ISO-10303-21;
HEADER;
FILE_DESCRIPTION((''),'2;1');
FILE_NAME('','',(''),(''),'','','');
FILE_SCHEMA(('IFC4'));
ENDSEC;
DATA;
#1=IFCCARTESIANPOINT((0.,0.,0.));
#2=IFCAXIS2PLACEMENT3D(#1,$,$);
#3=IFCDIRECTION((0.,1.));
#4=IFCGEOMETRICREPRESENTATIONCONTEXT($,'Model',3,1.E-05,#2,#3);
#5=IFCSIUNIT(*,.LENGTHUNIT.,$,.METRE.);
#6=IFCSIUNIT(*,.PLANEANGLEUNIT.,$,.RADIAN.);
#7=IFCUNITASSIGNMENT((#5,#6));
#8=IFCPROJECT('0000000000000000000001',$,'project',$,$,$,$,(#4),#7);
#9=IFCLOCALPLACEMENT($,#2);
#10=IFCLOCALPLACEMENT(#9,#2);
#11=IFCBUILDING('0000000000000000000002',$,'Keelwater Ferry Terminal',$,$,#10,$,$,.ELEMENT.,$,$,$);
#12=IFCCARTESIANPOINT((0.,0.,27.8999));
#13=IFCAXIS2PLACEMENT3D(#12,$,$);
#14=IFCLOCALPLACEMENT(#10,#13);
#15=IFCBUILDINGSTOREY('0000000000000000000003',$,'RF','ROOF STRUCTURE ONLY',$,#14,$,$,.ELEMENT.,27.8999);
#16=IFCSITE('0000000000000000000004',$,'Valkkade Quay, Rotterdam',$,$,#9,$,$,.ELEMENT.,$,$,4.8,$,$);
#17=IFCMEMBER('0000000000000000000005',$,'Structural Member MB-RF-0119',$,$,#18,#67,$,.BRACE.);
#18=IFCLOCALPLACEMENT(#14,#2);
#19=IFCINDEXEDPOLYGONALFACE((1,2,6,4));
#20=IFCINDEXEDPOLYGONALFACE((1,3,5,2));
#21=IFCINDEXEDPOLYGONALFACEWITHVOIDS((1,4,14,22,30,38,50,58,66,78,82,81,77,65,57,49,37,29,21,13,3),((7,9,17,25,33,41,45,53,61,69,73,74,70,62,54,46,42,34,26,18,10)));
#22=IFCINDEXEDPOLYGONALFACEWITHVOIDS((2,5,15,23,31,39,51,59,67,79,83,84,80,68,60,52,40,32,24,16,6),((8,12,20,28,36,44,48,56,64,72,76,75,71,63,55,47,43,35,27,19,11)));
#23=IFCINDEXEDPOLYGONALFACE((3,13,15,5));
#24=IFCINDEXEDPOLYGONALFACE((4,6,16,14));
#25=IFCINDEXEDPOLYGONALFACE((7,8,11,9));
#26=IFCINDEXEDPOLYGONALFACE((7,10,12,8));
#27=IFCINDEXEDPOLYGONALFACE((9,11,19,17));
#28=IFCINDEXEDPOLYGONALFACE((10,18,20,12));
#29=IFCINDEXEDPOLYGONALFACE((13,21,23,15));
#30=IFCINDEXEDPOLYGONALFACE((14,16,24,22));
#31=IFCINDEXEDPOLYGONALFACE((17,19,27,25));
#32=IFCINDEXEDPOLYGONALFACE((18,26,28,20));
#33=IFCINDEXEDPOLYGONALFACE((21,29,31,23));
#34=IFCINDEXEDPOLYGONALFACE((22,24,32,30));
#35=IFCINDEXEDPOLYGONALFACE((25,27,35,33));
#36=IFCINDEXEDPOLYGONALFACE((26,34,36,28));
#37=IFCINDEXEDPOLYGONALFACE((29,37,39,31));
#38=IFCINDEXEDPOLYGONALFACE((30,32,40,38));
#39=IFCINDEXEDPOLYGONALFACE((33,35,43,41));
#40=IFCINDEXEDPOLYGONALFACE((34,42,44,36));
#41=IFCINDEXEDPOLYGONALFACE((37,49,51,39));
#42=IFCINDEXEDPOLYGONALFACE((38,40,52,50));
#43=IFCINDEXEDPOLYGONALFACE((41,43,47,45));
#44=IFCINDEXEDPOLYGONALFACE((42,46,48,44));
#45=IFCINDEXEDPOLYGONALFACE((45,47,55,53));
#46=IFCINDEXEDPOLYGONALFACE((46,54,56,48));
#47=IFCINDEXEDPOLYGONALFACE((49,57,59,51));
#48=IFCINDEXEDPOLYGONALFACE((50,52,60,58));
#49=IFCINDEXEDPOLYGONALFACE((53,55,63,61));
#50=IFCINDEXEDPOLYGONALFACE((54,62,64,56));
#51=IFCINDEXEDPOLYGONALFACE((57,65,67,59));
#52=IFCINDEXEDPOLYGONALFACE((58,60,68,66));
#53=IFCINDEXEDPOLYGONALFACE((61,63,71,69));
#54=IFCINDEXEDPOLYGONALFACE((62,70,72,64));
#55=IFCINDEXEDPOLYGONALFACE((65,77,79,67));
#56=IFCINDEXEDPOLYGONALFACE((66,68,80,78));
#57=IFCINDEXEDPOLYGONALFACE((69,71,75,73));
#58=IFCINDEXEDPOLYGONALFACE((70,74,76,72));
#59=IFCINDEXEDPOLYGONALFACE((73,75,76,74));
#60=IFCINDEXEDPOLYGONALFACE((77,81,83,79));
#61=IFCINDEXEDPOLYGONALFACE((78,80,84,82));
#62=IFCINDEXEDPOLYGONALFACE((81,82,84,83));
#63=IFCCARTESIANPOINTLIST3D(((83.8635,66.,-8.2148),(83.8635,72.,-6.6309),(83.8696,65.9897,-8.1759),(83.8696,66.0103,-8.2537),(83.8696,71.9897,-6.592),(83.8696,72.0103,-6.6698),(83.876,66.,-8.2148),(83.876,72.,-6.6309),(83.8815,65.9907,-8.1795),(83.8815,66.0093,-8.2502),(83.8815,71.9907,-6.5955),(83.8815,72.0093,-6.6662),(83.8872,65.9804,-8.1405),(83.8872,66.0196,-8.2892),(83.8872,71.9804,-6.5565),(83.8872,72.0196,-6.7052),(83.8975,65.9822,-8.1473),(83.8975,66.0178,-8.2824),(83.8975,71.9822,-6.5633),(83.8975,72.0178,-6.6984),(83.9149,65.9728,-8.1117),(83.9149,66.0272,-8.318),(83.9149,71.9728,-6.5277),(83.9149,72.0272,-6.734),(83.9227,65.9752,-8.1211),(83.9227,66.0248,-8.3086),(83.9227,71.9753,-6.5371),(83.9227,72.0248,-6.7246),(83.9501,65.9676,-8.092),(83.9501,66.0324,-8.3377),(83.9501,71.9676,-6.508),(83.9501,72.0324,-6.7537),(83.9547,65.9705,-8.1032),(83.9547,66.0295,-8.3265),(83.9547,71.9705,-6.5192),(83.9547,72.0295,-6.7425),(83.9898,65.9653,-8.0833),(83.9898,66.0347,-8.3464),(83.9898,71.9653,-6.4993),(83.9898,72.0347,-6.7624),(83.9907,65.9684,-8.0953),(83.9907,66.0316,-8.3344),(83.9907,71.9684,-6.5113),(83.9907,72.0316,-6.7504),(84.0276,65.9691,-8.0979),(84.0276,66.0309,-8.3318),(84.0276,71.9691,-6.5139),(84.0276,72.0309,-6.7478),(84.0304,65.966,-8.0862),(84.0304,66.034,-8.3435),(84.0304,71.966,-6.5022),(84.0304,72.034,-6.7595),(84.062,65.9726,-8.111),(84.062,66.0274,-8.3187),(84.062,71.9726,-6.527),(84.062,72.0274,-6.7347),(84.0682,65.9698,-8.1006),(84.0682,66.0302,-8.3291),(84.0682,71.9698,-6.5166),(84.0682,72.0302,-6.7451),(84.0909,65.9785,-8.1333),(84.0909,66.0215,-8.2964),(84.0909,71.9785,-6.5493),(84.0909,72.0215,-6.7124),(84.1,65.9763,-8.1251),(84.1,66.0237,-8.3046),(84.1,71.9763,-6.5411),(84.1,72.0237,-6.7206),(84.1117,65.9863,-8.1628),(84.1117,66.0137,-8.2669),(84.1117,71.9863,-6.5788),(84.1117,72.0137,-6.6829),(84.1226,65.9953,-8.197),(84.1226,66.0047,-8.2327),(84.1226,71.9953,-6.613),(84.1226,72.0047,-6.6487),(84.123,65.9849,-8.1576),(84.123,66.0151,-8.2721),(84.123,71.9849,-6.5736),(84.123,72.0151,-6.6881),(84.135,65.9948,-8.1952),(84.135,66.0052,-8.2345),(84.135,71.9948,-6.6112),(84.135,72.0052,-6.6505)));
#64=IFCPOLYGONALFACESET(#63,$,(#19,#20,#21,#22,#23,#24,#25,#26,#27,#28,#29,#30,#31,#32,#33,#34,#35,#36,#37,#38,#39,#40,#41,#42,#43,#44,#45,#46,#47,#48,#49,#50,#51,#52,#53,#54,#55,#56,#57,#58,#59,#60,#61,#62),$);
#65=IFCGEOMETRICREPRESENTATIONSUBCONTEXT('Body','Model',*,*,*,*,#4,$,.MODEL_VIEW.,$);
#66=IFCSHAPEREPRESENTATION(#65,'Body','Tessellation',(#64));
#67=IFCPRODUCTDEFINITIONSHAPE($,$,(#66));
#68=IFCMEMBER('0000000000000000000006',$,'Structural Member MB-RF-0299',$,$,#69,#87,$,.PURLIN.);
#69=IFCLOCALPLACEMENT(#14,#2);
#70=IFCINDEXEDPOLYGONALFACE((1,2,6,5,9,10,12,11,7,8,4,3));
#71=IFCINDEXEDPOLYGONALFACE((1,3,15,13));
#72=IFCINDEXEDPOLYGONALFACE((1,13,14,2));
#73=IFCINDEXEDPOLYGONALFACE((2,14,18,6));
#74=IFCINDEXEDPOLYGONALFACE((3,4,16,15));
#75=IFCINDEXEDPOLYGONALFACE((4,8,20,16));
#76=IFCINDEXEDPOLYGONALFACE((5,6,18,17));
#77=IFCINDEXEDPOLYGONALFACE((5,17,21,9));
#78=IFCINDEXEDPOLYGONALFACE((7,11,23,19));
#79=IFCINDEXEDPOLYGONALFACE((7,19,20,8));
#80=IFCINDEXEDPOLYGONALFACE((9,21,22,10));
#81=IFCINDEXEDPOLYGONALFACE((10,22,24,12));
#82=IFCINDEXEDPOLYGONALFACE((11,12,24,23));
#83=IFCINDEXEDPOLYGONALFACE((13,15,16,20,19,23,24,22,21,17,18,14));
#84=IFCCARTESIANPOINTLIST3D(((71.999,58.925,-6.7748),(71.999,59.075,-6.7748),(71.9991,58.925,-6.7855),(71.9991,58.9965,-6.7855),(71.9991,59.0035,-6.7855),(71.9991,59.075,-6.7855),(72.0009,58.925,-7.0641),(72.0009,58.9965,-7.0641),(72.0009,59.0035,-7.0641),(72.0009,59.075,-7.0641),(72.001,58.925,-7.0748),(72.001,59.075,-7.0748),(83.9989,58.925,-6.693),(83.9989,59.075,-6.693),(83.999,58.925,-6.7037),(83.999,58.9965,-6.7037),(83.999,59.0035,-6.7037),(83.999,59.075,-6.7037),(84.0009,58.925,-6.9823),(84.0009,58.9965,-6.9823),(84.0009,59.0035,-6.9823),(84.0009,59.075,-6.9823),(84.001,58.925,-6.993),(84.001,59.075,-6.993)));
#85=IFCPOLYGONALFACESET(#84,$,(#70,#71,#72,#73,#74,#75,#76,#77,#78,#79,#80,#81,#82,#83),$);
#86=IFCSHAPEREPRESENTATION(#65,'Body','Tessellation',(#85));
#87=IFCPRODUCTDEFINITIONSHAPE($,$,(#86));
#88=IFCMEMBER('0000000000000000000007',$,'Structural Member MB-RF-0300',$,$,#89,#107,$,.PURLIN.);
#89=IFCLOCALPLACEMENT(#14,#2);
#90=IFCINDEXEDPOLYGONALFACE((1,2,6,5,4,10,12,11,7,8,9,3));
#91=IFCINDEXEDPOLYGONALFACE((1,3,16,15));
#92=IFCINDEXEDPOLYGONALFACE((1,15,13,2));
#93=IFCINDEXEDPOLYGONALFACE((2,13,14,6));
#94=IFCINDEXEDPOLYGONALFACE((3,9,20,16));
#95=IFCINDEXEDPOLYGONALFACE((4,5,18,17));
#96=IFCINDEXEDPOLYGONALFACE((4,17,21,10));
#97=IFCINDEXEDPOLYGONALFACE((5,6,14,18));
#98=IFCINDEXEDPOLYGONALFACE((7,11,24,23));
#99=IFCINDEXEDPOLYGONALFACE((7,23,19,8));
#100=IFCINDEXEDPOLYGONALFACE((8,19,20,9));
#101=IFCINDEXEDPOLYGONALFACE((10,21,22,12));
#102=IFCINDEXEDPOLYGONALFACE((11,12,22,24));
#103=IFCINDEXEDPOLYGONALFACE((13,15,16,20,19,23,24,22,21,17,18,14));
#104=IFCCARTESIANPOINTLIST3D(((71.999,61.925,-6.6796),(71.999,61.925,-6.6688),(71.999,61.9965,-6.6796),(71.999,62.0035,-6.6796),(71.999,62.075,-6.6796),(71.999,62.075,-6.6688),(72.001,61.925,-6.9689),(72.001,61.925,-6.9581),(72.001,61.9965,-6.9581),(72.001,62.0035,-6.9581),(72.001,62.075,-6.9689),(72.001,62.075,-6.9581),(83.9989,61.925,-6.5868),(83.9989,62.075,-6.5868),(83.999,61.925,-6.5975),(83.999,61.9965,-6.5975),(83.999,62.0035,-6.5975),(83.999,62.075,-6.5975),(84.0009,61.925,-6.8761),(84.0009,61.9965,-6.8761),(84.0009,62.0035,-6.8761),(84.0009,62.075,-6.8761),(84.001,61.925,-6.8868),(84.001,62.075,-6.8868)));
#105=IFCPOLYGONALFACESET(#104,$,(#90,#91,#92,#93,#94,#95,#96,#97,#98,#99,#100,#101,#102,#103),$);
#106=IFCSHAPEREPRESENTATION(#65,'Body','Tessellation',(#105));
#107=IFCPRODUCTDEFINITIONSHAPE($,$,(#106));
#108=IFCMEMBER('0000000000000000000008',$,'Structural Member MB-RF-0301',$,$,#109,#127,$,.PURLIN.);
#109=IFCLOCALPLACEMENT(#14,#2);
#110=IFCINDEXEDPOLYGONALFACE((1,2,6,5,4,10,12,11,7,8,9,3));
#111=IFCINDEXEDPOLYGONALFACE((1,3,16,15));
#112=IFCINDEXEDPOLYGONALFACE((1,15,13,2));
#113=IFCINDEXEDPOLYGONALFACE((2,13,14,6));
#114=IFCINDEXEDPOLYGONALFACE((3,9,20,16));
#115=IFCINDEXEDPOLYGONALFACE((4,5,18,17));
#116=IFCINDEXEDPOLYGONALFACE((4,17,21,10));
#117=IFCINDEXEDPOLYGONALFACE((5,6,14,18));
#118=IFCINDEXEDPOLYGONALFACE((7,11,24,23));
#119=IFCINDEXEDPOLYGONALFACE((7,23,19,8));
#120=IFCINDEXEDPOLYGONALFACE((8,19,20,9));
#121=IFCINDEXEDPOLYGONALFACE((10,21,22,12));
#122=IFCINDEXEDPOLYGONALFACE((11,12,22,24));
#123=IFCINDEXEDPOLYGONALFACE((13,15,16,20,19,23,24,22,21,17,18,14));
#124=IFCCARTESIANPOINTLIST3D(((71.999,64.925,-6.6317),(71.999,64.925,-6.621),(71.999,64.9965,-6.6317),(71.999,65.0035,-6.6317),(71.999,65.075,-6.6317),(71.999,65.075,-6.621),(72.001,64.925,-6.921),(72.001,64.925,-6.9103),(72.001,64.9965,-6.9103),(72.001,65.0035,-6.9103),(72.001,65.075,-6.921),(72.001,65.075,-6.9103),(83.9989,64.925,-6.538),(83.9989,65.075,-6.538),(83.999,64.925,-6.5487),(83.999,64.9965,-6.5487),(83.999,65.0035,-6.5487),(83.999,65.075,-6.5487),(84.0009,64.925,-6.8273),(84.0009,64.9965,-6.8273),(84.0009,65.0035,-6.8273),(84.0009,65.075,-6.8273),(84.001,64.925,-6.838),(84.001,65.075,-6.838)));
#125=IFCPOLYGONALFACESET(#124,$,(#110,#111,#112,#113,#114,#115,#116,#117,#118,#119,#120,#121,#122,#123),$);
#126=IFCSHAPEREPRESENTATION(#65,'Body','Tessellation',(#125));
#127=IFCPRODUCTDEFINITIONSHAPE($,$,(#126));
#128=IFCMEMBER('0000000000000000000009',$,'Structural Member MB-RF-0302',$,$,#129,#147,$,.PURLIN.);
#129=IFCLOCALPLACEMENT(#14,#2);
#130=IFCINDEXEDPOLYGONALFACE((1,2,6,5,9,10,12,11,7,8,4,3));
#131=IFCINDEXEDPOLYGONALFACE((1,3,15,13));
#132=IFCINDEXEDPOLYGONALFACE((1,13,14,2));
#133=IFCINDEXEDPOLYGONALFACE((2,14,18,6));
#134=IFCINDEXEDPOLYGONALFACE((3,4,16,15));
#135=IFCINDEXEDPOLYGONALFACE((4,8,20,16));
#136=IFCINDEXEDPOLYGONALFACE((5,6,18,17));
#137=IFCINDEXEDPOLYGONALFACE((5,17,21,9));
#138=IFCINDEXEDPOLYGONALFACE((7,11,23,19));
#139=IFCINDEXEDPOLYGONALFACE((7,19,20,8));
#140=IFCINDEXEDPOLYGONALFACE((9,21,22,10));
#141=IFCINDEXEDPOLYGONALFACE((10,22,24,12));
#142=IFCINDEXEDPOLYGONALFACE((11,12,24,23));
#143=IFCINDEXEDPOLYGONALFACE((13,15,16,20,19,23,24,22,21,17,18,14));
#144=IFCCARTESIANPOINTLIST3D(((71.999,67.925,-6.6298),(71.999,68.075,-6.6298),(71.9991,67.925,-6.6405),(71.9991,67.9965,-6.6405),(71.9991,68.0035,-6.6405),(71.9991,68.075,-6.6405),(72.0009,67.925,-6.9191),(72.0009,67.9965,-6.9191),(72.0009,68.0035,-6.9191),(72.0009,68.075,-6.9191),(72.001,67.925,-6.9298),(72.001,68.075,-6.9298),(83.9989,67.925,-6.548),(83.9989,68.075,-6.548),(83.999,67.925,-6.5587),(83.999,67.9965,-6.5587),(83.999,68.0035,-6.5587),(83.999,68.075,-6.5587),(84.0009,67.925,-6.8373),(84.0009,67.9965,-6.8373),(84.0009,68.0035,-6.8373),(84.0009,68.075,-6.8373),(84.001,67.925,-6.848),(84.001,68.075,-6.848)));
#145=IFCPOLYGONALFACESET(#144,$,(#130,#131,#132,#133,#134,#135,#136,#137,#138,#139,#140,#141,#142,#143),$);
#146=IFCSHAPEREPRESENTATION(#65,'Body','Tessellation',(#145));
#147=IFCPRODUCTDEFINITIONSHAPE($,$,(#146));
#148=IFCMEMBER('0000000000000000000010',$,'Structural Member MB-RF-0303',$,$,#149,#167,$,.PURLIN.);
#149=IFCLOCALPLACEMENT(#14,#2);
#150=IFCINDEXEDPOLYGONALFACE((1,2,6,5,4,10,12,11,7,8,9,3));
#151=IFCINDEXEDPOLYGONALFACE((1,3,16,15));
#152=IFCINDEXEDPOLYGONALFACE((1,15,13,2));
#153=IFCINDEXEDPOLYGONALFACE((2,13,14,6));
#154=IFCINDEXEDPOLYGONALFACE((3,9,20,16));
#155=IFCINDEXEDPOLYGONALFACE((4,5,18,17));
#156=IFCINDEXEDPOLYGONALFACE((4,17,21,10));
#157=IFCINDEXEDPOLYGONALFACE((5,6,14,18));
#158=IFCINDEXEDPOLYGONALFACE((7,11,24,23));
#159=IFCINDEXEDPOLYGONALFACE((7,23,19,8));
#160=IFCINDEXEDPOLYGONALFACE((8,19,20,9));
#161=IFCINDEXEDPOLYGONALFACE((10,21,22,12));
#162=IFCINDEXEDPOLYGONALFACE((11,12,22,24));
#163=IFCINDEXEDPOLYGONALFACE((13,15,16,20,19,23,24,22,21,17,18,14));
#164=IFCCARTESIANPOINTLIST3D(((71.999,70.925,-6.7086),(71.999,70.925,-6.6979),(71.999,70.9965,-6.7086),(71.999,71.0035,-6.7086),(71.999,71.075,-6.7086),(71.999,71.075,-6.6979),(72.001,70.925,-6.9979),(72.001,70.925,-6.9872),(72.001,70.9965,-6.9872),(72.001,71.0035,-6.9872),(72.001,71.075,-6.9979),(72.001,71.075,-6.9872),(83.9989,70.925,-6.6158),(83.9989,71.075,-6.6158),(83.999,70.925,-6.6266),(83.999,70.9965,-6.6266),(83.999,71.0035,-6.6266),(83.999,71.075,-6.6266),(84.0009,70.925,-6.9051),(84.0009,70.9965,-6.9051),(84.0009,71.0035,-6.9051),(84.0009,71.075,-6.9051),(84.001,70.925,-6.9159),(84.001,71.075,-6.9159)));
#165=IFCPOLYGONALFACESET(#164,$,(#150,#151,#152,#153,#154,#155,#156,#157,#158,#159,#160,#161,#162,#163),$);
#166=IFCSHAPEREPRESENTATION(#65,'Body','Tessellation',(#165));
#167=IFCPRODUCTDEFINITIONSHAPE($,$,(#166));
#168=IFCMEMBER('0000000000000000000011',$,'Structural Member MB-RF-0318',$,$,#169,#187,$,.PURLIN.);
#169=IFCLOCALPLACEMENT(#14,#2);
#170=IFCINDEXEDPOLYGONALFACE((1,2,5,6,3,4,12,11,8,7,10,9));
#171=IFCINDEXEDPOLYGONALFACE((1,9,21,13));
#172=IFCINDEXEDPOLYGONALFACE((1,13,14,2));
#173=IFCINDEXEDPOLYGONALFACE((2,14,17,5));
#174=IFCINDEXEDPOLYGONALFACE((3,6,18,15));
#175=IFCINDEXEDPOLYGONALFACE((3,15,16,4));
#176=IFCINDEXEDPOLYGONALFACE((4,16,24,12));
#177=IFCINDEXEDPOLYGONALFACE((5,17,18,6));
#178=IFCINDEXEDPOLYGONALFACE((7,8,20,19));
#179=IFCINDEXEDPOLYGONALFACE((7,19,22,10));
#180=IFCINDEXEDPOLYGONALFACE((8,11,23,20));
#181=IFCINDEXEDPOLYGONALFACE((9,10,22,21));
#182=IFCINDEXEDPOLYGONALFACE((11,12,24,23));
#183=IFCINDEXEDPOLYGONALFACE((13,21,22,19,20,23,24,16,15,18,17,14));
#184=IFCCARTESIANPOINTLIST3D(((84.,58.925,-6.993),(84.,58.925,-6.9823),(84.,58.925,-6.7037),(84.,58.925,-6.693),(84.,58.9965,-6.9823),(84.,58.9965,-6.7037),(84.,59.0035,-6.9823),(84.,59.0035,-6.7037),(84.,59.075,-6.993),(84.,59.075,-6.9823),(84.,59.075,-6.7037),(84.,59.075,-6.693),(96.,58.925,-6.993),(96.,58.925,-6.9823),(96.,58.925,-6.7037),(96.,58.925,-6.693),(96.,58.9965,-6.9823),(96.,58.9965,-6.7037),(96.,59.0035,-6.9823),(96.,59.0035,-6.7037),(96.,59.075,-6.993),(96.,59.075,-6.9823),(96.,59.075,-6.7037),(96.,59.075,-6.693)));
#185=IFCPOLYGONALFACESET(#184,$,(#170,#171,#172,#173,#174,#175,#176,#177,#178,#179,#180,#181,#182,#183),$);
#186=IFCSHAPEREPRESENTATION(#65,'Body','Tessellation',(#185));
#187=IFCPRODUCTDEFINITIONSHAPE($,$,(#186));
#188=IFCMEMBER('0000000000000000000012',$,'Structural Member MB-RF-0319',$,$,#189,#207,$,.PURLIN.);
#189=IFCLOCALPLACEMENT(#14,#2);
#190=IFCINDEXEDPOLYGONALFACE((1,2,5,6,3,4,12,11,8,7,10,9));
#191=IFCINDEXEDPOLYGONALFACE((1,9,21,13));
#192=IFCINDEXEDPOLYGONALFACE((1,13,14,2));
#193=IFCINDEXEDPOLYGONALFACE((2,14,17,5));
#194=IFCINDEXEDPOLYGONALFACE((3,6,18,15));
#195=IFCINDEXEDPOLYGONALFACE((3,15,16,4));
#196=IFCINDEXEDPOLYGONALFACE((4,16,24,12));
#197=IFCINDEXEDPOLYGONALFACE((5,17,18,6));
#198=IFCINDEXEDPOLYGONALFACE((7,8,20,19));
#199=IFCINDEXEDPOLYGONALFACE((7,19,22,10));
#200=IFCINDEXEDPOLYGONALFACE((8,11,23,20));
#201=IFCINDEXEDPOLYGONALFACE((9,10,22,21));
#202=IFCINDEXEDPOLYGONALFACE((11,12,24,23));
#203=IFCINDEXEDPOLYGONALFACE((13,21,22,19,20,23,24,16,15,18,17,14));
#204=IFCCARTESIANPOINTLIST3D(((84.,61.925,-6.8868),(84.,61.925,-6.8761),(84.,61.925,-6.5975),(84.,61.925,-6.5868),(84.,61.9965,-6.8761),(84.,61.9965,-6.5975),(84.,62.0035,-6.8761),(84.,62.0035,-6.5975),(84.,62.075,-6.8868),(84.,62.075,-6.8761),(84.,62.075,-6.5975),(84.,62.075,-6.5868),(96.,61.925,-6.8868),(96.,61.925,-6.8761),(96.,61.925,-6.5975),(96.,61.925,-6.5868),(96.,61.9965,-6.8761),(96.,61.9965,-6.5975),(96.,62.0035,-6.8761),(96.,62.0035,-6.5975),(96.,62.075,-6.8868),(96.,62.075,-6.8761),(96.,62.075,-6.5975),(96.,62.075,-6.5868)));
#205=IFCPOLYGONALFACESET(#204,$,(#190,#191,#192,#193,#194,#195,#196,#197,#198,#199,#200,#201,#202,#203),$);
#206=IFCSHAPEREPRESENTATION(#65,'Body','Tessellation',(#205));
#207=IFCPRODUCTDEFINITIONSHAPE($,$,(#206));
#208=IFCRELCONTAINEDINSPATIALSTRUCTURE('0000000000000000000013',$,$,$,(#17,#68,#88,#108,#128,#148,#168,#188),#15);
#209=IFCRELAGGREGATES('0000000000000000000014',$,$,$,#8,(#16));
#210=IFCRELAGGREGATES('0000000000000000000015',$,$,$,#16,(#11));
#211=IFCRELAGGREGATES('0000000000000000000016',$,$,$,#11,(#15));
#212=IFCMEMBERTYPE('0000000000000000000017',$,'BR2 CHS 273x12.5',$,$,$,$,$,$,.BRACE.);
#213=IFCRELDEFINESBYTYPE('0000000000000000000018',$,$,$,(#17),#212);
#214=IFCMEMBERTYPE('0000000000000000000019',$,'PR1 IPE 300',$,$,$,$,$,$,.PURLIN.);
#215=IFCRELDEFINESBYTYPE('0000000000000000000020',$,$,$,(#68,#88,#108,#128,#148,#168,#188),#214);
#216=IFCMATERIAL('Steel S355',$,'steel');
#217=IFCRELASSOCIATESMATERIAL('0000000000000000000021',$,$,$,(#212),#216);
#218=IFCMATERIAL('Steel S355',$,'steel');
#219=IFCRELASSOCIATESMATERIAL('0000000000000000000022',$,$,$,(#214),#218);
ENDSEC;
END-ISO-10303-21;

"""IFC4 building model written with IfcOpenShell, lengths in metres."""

from ifc_helpers import new_model, si_unit, direction, frame, origin, origin_2d, place, context, subcontext, project, spatial, hollow_circle, i_section, extrude, material, material_profile, profile_set, type_object, element, save


model = new_model("IFC4")

# Units and contexts
model_context = context("Model", 3, precision=1e-05, world=origin(), true_north=direction((0.0, 1.0)))
body_context = subcontext(model_context, "Body", "Model", "MODEL_VIEW")
ifc_project = project(units=[si_unit("LENGTHUNIT", "METRE"), si_unit("PLANEANGLEUNIT", "RADIAN")], contexts=[model_context])

# Site, building, storey
site_placement = place(None, origin())
site = spatial("IfcSite", under=ifc_project, at=site_placement, Name="Valkkade Quay, Rotterdam", CompositionType="ELEMENT", RefElevation=4.8)
building_placement = place(site_placement, origin())
building = spatial("IfcBuilding", under=site, at=building_placement, Name="Keelwater Ferry Terminal", CompositionType="ELEMENT")
storey_placement = place(building_placement, frame((0.0, 0.0, 27.8999)))
storey = spatial("IfcBuildingStorey", under=building, at=storey_placement, Name="RF", Description="ROOF STRUCTURE ONLY", CompositionType="ELEMENT", Elevation=27.8999)

# Members
ifc_material_1 = material(Name="Steel S355", Category="steel")
ifc_material_profile_1 = material_profile(ifc_material_1, hollow_circle(Radius=0.1365, WallThickness=0.0125, at=origin_2d()), Name="CHS 273x12.5")
ifc_profile_set_1 = profile_set([ifc_material_profile_1], Name="Steel S355")
member_type_1 = type_object("IfcMemberType", Name="BR2 CHS 273x12.5", PredefinedType="BRACE", material=ifc_profile_set_1)
for number, where, z_axis, x_axis, name in (
    (1, (84.0, 66.0, -8.2148), (0.0, 0.966874, 0.255252), (-1.0, 0.0, 0.0), "Structural Member MB-RF-0119"),
):
    element("IfcMember", number, at=place(storey_placement, frame(where, z_axis=z_axis, x_axis=x_axis)), inside=storey, type_object=member_type_1, Name=name, PredefinedType="BRACE", context=body_context, shape_type="SweptSolid", body=[
        extrude(hollow_circle(Radius=0.1365, WallThickness=0.0125, at=origin_2d()), origin(), (0.0, 0.0, 1.0), 6.2056),
    ])
ifc_material_2 = material(Name="Steel S355", Category="steel")
ifc_material_profile_2 = material_profile(ifc_material_2, i_section(OverallWidth=0.1499, OverallDepth=0.3, WebThickness=0.0071, FlangeThickness=0.0107, at=origin_2d()), Name="IPE 300")
ifc_profile_set_2 = profile_set([ifc_material_profile_2], Name="Steel S355")
member_type_2 = type_object("IfcMemberType", Name="PR1 IPE 300", PredefinedType="PURLIN", material=ifc_profile_set_2)
for number, where, z_axis, x_axis, name in (
    (2, (72.0, 59.0, -6.9248), (0.999977, 0.0, 0.006815), (0.0, 1.0, 0.0), "Structural Member MB-RF-0299"),
    (3, (72.0, 62.0, -6.8188), (0.999977, 0.0, 0.006836), (0.0, 1.0, 0.0), "Structural Member MB-RF-0300"),
    (4, (72.0, 65.0, -6.771), (0.999976, 0.0, 0.006917), (0.0, 1.0, 0.0), "Structural Member MB-RF-0301"),
    (5, (72.0, 68.0, -6.7798), (0.999977, 0.0, 0.006815), (0.0, 1.0, 0.0), "Structural Member MB-RF-0302"),
    (6, (72.0, 71.0, -6.8479), (0.999977, 0.0, 0.006836), (0.0, 1.0, 0.0), "Structural Member MB-RF-0303"),
):
    element("IfcMember", number, at=place(storey_placement, frame(where, z_axis=z_axis, x_axis=x_axis)), inside=storey, type_object=member_type_2, Name=name, PredefinedType="PURLIN", context=body_context, shape_type="SweptSolid", body=[
        extrude(i_section(OverallWidth=0.1499, OverallDepth=0.3, WebThickness=0.0071, FlangeThickness=0.0107, at=origin_2d()), origin(), (0.0, 0.0, 1.0), 12.0002),
    ])
for number, where, z_axis, x_axis, name in (
    (7, (84.0, 59.0, -6.843), (1.0, 0.0, 0.0), (0.0, 1.0, 0.0), "Structural Member MB-RF-0318"),
    (8, (84.0, 62.0, -6.7368), (1.0, 0.0, 0.0), (0.0, 1.0, 0.0), "Structural Member MB-RF-0319"),
):
    element("IfcMember", number, at=place(storey_placement, frame(where, z_axis=z_axis, x_axis=x_axis)), inside=storey, type_object=member_type_2, Name=name, PredefinedType="PURLIN", context=body_context, shape_type="SweptSolid", body=[
        extrude(i_section(OverallWidth=0.1499, OverallDepth=0.3, WebThickness=0.0071, FlangeThickness=0.0107, at=origin_2d()), origin(), (0.0, 0.0, 1.0), 12.0),
    ])

save(model, "model.ifc")
